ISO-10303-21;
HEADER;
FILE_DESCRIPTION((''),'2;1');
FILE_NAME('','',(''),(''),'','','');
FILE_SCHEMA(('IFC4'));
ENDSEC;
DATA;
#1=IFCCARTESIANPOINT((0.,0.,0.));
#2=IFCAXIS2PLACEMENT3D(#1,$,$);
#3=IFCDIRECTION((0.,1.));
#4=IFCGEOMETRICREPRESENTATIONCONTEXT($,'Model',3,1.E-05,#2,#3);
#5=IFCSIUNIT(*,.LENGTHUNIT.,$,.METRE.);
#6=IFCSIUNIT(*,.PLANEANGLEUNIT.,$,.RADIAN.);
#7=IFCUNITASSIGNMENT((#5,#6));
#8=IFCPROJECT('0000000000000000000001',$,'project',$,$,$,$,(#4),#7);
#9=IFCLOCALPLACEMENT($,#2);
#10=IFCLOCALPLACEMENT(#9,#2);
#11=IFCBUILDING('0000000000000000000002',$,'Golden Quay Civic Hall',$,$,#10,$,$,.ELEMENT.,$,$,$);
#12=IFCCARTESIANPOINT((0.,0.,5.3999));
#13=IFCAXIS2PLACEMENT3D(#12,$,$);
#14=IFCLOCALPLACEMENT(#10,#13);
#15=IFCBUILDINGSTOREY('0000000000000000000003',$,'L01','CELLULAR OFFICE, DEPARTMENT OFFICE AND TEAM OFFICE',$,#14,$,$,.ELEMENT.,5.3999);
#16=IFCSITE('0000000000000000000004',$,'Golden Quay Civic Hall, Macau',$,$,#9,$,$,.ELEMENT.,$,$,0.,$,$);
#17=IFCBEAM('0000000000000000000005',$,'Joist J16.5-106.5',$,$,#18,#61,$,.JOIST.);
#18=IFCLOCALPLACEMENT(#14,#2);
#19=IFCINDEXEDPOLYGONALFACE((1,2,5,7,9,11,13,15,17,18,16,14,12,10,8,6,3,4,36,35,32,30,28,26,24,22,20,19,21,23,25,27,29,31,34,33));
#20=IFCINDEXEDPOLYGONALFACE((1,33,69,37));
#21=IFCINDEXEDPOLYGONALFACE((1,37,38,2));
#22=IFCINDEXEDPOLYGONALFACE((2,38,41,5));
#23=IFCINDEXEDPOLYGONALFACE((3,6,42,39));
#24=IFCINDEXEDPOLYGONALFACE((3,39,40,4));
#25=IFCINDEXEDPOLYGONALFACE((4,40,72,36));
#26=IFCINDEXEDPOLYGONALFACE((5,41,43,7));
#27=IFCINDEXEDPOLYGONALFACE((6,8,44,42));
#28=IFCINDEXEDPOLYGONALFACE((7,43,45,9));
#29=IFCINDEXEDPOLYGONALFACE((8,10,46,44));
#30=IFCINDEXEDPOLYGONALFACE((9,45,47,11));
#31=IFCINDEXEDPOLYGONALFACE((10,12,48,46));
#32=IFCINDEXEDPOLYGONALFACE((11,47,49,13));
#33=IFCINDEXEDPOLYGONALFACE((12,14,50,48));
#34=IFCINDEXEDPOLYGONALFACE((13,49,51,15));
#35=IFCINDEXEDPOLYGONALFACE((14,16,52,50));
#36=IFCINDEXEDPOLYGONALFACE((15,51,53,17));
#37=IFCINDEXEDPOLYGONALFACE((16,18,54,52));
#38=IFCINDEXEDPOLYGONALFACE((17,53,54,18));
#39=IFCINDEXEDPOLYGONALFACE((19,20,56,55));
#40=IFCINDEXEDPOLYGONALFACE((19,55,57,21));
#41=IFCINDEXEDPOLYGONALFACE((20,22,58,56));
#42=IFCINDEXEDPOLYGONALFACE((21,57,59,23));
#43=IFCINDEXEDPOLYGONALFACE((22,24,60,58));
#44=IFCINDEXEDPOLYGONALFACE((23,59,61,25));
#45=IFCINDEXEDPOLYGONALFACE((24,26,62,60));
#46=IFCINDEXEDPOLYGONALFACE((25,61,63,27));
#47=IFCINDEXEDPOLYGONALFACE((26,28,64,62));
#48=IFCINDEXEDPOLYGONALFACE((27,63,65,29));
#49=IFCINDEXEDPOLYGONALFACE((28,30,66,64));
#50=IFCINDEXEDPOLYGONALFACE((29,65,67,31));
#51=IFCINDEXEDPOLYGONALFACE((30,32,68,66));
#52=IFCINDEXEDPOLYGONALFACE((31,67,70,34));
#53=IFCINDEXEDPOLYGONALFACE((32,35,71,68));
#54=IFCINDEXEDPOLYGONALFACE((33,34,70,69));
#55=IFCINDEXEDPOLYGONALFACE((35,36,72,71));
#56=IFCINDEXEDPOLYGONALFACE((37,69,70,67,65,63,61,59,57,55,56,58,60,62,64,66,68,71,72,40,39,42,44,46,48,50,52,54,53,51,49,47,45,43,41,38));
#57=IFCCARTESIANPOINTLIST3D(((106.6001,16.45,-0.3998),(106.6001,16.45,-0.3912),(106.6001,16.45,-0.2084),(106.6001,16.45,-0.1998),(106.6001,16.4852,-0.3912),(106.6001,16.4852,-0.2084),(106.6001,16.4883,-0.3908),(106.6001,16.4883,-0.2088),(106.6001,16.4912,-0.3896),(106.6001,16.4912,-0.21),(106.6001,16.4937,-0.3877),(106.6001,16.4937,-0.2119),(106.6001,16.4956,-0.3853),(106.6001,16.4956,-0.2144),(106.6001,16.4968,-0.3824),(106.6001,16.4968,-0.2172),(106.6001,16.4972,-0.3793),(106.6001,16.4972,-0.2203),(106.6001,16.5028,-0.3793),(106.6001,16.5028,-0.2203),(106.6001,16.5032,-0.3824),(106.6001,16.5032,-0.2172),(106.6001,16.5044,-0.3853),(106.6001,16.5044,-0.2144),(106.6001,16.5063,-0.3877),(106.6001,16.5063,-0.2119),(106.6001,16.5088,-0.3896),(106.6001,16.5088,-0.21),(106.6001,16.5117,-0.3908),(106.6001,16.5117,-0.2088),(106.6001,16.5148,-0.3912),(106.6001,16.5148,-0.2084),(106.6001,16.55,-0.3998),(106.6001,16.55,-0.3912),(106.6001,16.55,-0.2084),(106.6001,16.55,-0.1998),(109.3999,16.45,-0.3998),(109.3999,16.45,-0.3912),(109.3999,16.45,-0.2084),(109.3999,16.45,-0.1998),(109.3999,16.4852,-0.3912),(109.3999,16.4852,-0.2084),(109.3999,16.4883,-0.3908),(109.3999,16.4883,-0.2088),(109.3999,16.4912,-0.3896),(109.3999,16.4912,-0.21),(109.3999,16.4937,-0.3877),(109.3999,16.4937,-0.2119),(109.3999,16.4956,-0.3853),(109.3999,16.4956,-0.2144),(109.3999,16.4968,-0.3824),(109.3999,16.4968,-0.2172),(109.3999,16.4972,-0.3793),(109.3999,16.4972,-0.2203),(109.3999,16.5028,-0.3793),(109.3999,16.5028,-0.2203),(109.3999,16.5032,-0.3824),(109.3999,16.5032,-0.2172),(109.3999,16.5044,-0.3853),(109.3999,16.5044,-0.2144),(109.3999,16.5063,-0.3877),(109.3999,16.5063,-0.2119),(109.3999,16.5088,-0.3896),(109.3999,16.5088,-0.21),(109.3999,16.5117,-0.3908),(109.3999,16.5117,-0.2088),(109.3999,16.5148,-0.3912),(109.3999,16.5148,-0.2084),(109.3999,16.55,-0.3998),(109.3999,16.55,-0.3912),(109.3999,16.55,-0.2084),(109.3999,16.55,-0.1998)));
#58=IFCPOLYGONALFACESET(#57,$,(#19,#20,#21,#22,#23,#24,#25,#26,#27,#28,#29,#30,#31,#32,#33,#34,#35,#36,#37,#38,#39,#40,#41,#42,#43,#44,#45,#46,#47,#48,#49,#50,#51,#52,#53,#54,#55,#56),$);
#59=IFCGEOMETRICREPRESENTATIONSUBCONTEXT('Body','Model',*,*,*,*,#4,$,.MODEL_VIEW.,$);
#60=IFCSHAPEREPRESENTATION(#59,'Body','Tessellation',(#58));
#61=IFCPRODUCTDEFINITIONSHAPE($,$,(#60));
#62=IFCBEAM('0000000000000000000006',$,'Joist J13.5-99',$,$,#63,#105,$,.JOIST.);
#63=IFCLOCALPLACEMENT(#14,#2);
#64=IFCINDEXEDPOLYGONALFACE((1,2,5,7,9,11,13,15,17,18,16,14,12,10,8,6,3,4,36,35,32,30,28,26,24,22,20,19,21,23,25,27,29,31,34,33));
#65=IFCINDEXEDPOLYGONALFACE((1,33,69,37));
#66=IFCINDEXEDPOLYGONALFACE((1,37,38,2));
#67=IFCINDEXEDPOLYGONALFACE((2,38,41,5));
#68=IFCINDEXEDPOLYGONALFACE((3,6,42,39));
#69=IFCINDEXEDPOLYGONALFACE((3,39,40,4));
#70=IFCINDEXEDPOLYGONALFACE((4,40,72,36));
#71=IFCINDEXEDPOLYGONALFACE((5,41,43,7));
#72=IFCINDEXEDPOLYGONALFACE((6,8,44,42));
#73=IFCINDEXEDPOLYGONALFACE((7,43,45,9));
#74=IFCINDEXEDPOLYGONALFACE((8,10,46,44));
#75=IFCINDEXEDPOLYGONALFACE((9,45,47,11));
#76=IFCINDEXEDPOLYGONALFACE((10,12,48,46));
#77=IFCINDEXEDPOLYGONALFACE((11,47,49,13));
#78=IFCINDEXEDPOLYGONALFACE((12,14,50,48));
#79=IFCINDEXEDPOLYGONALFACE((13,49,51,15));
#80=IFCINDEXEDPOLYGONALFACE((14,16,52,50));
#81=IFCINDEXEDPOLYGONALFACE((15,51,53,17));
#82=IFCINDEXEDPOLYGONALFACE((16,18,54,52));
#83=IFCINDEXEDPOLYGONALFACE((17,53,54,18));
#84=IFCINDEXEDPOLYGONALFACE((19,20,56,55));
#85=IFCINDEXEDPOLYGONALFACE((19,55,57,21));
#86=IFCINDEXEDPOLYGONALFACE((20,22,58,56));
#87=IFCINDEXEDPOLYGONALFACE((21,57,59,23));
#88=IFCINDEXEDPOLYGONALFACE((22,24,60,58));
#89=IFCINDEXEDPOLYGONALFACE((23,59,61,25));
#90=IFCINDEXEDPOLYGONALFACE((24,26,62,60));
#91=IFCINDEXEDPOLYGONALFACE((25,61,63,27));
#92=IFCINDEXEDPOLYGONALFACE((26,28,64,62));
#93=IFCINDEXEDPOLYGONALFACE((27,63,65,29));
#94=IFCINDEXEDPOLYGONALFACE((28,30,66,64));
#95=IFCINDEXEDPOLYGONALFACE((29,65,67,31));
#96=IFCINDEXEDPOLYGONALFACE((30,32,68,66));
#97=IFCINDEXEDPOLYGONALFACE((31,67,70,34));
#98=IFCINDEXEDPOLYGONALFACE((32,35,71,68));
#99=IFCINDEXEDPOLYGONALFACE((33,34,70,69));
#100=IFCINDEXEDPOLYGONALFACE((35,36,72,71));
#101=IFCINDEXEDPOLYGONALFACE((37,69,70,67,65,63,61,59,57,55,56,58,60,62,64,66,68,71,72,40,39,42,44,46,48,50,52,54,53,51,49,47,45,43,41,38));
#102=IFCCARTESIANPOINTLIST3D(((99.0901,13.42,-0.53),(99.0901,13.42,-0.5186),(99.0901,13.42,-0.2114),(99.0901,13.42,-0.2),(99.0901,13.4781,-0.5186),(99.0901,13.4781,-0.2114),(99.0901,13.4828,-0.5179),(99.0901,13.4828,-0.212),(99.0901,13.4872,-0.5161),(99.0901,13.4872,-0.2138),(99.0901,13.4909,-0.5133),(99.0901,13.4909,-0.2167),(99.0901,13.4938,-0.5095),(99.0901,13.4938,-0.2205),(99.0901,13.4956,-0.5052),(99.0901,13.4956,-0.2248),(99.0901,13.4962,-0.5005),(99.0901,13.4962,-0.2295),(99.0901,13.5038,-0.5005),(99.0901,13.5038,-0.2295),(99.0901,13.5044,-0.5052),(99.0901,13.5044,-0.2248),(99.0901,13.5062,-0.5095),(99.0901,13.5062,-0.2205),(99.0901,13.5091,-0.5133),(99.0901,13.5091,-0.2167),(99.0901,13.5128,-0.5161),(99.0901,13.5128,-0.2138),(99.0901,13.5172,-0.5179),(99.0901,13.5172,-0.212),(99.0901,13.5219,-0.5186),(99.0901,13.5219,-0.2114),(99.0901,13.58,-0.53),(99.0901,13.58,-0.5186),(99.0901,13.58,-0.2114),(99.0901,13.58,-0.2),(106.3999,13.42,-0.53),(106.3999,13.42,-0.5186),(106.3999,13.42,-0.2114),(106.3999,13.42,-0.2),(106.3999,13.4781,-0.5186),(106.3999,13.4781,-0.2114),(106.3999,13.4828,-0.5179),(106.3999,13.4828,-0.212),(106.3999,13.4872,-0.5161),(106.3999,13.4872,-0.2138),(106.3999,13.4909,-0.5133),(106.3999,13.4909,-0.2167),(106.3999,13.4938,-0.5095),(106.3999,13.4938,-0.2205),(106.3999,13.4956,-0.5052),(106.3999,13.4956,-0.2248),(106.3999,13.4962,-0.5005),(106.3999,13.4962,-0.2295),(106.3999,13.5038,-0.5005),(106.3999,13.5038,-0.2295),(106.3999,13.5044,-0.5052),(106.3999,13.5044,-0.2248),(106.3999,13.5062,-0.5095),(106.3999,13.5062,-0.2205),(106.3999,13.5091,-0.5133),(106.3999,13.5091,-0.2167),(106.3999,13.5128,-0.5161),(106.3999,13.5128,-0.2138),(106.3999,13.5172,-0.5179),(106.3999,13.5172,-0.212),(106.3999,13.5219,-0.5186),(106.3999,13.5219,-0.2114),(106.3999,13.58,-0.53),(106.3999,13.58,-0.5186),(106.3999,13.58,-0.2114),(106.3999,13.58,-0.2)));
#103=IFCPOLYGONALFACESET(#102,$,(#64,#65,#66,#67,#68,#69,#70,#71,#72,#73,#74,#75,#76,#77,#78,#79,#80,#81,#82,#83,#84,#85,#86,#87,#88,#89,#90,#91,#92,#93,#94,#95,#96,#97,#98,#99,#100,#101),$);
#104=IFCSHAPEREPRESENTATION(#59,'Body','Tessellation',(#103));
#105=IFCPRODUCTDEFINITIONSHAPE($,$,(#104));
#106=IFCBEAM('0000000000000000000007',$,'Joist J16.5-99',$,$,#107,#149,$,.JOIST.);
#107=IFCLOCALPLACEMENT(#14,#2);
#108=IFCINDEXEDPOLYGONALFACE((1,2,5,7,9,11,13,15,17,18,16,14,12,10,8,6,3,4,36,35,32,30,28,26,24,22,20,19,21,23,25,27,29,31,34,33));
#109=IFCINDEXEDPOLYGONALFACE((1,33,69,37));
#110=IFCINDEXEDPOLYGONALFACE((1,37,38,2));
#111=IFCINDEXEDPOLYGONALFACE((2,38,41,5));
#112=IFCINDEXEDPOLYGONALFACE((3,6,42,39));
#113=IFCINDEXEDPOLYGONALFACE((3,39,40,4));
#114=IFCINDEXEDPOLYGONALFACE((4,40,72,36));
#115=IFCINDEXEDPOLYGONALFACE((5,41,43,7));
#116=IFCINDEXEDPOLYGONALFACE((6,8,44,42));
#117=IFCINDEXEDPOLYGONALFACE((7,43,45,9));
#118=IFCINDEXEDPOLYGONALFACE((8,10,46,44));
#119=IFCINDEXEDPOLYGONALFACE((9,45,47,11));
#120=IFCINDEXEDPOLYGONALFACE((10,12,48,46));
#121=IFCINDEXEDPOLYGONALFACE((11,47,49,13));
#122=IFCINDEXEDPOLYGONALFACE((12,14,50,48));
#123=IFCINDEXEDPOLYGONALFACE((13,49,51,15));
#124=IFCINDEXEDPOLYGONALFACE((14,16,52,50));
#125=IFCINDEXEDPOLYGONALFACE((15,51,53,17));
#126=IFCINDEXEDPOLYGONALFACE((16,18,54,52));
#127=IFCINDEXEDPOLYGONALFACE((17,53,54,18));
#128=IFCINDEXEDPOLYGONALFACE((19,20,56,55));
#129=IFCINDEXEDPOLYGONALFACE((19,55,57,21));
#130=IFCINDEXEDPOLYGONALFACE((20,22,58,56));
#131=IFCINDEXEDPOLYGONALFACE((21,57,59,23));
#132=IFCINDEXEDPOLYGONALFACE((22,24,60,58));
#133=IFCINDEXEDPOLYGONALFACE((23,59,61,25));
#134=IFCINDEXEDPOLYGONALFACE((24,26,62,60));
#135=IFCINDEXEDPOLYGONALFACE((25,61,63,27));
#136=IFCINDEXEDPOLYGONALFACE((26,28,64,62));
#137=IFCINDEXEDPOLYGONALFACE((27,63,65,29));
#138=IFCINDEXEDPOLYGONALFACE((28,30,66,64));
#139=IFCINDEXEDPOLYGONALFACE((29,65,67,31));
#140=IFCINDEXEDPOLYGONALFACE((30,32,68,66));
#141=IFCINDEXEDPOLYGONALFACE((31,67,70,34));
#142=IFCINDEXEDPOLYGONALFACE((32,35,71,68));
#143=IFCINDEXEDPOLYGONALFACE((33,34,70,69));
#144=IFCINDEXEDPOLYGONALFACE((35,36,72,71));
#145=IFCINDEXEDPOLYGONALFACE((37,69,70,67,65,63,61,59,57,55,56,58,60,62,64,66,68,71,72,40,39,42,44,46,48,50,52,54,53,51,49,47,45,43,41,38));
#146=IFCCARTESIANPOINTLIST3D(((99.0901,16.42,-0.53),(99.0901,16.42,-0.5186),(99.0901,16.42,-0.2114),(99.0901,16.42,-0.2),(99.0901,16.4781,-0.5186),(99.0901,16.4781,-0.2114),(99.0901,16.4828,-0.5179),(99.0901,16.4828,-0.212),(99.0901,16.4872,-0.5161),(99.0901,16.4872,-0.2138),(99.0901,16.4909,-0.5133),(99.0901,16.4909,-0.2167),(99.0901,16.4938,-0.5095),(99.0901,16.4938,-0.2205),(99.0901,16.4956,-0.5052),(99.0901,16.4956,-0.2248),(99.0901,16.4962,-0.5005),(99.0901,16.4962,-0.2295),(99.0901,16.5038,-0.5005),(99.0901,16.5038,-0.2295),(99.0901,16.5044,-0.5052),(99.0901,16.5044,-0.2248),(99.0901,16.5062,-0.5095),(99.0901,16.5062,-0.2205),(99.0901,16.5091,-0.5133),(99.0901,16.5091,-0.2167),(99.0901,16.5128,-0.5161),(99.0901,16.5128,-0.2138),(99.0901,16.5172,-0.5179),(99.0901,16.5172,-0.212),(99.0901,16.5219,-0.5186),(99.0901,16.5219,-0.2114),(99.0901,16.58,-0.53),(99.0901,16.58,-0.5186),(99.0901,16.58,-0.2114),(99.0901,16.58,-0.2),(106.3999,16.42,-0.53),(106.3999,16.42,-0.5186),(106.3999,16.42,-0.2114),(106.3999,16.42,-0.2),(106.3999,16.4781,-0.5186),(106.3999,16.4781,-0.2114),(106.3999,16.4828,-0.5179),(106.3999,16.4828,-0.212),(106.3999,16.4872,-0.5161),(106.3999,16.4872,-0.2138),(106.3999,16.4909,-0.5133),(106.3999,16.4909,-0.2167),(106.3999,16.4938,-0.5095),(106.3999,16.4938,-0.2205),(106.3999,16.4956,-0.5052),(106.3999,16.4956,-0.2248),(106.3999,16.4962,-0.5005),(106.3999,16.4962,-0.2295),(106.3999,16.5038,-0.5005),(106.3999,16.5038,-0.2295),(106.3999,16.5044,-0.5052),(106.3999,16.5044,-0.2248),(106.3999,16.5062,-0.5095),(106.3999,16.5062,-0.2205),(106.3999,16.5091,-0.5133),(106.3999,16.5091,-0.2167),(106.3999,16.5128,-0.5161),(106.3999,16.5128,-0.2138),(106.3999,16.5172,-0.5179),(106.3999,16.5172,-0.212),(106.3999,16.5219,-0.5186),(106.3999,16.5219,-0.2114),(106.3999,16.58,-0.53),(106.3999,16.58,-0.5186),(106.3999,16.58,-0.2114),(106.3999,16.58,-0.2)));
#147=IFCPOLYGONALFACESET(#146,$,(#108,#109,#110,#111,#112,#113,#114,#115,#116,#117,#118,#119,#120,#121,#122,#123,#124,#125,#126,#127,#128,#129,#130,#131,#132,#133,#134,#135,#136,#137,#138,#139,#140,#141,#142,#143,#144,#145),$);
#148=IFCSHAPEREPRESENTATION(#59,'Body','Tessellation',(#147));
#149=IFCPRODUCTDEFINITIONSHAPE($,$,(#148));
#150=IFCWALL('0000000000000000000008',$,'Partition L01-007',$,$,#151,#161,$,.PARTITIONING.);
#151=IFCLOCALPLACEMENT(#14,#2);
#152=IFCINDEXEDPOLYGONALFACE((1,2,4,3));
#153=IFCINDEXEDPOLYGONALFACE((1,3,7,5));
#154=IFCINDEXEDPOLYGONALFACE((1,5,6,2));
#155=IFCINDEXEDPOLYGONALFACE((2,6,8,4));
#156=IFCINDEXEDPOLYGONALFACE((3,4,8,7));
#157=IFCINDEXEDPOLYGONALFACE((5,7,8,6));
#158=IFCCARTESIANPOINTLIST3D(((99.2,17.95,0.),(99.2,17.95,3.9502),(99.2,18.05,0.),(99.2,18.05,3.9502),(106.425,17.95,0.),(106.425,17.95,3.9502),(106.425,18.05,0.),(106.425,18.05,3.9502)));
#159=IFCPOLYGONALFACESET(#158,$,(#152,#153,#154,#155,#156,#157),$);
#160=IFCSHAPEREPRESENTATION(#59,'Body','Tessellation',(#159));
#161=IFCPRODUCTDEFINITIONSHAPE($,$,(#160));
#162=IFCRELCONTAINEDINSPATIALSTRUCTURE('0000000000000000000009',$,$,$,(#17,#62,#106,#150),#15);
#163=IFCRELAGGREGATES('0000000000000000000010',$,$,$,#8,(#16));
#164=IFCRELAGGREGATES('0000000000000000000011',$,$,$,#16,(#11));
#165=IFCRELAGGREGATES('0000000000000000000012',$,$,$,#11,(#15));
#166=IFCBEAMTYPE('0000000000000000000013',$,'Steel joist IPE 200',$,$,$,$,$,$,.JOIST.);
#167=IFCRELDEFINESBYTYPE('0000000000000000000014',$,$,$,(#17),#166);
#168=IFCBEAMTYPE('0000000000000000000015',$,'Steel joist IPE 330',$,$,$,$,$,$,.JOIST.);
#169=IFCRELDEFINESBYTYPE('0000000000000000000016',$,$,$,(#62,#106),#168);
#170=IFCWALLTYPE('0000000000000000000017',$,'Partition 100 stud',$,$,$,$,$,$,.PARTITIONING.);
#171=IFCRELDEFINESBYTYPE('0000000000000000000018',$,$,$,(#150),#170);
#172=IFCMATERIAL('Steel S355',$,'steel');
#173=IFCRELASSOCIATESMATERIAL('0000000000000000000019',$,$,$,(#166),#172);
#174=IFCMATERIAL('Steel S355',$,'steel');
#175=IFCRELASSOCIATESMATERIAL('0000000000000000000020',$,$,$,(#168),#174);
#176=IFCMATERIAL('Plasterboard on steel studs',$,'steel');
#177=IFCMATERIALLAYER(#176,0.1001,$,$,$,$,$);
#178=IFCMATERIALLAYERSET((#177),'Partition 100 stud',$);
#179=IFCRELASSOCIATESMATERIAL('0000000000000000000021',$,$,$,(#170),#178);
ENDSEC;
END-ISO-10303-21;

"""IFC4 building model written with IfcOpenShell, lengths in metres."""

from ifc_helpers import new_model, si_unit, direction, frame, frame_2d, origin, origin_2d, place, context, subcontext, project, spatial, rectangle, i_section, extrude, material, layer, layer_set, material_profile, profile_set, type_object, element, save


model = new_model("IFC4")

# Units and contexts
model_context = context("Model", 3, precision=1e-05, world=origin(), true_north=direction((0.0, 1.0)))
body_context = subcontext(model_context, "Body", "Model", "MODEL_VIEW")
ifc_project = project(units=[si_unit("LENGTHUNIT", "METRE"), si_unit("PLANEANGLEUNIT", "RADIAN")], contexts=[model_context])

# Site, building, storey
site_placement = place(None, origin())
site = spatial("IfcSite", under=ifc_project, at=site_placement, Name="Golden Quay Civic Hall, Macau", CompositionType="ELEMENT", RefElevation=0.0)
building_placement = place(site_placement, origin())
building = spatial("IfcBuilding", under=site, at=building_placement, Name="Golden Quay Civic Hall", CompositionType="ELEMENT")
storey_placement = place(building_placement, frame((0.0, 0.0, 5.3999)))
storey = spatial("IfcBuildingStorey", under=building, at=storey_placement, Name="L01", Description="CELLULAR OFFICE, DEPARTMENT OFFICE AND TEAM OFFICE", CompositionType="ELEMENT", Elevation=5.3999)

# Beams
ifc_material_1 = material(Name="Steel S355", Category="steel")
ifc_material_profile_1 = material_profile(ifc_material_1, i_section(OverallWidth=0.1001, OverallDepth=0.2, WebThickness=0.0056, FlangeThickness=0.0085, FilletRadius=0.012, at=origin_2d()), Name="IPE 200")
ifc_profile_set_1 = profile_set([ifc_material_profile_1], Name="Steel S355")
beam_type_1 = type_object("IfcBeamType", Name="Steel joist IPE 200", PredefinedType="JOIST", material=ifc_profile_set_1)
for number, where, z_axis, x_axis, name in (
    (1, (106.6001, 16.5, -0.2998), (1.0, 0.0, 0.0), (0.0, 1.0, 0.0), "Joist J16.5-106.5"),
):
    element("IfcBeam", number, at=place(storey_placement, frame(where, z_axis=z_axis, x_axis=x_axis)), inside=storey, type_object=beam_type_1, Name=name, PredefinedType="JOIST", context=body_context, shape_type="SweptSolid", body=[
        extrude(i_section(OverallWidth=0.1001, OverallDepth=0.2, WebThickness=0.0056, FlangeThickness=0.0085, FilletRadius=0.012, at=origin_2d()), origin(), (0.0, 0.0, 1.0), 2.7998),
    ])
ifc_material_2 = material(Name="Steel S355", Category="steel")
ifc_material_profile_2 = material_profile(ifc_material_2, i_section(OverallWidth=0.1599, OverallDepth=0.3301, WebThickness=0.0076, FlangeThickness=0.0115, FilletRadius=0.0181, at=origin_2d()), Name="IPE 330")
ifc_profile_set_2 = profile_set([ifc_material_profile_2], Name="Steel S355")
beam_type_2 = type_object("IfcBeamType", Name="Steel joist IPE 330", PredefinedType="JOIST", material=ifc_profile_set_2)
for number, where, z_axis, x_axis, name in (
    (2, (99.0901, 13.5, -0.365), (1.0, 0.0, 0.0), (0.0, 1.0, 0.0), "Joist J13.5-99"),
    (3, (99.0901, 16.5, -0.365), (1.0, 0.0, 0.0), (0.0, 1.0, 0.0), "Joist J16.5-99"),
):
    element("IfcBeam", number, at=place(storey_placement, frame(where, z_axis=z_axis, x_axis=x_axis)), inside=storey, type_object=beam_type_2, Name=name, PredefinedType="JOIST", context=body_context, shape_type="SweptSolid", body=[
        extrude(i_section(OverallWidth=0.1599, OverallDepth=0.3301, WebThickness=0.0076, FlangeThickness=0.0115, FilletRadius=0.0181, at=origin_2d()), origin(), (0.0, 0.0, 1.0), 7.3098),
    ])

# Wall
ifc_material_3 = material(Name="Plasterboard on steel studs", Category="steel")
ifc_layer_1 = layer(ifc_material_3, 0.1001)
ifc_layer_set_1 = layer_set([ifc_layer_1], Name="Partition 100 stud")
wall_type_1 = type_object("IfcWallType", Name="Partition 100 stud", PredefinedType="PARTITIONING", material=ifc_layer_set_1)
wall_1_placement = place(storey_placement, frame((99.2, 18.0, 0.0), z_axis=(0.0, 0.0, 1.0), x_axis=(1.0, 0.0, 0.0)))
element("IfcWall", 4, at=wall_1_placement, inside=storey, type_object=wall_type_1, Name="Partition L01-007", PredefinedType="PARTITIONING", context=body_context, shape_type="SweptSolid", body=[
    extrude(rectangle(XDim=7.2251, YDim=0.1001, at=frame_2d((3.6125, 0.0))), origin(), (0.0, 0.0, 1.0), 3.9502),
])

save(model, "model.ifc")
